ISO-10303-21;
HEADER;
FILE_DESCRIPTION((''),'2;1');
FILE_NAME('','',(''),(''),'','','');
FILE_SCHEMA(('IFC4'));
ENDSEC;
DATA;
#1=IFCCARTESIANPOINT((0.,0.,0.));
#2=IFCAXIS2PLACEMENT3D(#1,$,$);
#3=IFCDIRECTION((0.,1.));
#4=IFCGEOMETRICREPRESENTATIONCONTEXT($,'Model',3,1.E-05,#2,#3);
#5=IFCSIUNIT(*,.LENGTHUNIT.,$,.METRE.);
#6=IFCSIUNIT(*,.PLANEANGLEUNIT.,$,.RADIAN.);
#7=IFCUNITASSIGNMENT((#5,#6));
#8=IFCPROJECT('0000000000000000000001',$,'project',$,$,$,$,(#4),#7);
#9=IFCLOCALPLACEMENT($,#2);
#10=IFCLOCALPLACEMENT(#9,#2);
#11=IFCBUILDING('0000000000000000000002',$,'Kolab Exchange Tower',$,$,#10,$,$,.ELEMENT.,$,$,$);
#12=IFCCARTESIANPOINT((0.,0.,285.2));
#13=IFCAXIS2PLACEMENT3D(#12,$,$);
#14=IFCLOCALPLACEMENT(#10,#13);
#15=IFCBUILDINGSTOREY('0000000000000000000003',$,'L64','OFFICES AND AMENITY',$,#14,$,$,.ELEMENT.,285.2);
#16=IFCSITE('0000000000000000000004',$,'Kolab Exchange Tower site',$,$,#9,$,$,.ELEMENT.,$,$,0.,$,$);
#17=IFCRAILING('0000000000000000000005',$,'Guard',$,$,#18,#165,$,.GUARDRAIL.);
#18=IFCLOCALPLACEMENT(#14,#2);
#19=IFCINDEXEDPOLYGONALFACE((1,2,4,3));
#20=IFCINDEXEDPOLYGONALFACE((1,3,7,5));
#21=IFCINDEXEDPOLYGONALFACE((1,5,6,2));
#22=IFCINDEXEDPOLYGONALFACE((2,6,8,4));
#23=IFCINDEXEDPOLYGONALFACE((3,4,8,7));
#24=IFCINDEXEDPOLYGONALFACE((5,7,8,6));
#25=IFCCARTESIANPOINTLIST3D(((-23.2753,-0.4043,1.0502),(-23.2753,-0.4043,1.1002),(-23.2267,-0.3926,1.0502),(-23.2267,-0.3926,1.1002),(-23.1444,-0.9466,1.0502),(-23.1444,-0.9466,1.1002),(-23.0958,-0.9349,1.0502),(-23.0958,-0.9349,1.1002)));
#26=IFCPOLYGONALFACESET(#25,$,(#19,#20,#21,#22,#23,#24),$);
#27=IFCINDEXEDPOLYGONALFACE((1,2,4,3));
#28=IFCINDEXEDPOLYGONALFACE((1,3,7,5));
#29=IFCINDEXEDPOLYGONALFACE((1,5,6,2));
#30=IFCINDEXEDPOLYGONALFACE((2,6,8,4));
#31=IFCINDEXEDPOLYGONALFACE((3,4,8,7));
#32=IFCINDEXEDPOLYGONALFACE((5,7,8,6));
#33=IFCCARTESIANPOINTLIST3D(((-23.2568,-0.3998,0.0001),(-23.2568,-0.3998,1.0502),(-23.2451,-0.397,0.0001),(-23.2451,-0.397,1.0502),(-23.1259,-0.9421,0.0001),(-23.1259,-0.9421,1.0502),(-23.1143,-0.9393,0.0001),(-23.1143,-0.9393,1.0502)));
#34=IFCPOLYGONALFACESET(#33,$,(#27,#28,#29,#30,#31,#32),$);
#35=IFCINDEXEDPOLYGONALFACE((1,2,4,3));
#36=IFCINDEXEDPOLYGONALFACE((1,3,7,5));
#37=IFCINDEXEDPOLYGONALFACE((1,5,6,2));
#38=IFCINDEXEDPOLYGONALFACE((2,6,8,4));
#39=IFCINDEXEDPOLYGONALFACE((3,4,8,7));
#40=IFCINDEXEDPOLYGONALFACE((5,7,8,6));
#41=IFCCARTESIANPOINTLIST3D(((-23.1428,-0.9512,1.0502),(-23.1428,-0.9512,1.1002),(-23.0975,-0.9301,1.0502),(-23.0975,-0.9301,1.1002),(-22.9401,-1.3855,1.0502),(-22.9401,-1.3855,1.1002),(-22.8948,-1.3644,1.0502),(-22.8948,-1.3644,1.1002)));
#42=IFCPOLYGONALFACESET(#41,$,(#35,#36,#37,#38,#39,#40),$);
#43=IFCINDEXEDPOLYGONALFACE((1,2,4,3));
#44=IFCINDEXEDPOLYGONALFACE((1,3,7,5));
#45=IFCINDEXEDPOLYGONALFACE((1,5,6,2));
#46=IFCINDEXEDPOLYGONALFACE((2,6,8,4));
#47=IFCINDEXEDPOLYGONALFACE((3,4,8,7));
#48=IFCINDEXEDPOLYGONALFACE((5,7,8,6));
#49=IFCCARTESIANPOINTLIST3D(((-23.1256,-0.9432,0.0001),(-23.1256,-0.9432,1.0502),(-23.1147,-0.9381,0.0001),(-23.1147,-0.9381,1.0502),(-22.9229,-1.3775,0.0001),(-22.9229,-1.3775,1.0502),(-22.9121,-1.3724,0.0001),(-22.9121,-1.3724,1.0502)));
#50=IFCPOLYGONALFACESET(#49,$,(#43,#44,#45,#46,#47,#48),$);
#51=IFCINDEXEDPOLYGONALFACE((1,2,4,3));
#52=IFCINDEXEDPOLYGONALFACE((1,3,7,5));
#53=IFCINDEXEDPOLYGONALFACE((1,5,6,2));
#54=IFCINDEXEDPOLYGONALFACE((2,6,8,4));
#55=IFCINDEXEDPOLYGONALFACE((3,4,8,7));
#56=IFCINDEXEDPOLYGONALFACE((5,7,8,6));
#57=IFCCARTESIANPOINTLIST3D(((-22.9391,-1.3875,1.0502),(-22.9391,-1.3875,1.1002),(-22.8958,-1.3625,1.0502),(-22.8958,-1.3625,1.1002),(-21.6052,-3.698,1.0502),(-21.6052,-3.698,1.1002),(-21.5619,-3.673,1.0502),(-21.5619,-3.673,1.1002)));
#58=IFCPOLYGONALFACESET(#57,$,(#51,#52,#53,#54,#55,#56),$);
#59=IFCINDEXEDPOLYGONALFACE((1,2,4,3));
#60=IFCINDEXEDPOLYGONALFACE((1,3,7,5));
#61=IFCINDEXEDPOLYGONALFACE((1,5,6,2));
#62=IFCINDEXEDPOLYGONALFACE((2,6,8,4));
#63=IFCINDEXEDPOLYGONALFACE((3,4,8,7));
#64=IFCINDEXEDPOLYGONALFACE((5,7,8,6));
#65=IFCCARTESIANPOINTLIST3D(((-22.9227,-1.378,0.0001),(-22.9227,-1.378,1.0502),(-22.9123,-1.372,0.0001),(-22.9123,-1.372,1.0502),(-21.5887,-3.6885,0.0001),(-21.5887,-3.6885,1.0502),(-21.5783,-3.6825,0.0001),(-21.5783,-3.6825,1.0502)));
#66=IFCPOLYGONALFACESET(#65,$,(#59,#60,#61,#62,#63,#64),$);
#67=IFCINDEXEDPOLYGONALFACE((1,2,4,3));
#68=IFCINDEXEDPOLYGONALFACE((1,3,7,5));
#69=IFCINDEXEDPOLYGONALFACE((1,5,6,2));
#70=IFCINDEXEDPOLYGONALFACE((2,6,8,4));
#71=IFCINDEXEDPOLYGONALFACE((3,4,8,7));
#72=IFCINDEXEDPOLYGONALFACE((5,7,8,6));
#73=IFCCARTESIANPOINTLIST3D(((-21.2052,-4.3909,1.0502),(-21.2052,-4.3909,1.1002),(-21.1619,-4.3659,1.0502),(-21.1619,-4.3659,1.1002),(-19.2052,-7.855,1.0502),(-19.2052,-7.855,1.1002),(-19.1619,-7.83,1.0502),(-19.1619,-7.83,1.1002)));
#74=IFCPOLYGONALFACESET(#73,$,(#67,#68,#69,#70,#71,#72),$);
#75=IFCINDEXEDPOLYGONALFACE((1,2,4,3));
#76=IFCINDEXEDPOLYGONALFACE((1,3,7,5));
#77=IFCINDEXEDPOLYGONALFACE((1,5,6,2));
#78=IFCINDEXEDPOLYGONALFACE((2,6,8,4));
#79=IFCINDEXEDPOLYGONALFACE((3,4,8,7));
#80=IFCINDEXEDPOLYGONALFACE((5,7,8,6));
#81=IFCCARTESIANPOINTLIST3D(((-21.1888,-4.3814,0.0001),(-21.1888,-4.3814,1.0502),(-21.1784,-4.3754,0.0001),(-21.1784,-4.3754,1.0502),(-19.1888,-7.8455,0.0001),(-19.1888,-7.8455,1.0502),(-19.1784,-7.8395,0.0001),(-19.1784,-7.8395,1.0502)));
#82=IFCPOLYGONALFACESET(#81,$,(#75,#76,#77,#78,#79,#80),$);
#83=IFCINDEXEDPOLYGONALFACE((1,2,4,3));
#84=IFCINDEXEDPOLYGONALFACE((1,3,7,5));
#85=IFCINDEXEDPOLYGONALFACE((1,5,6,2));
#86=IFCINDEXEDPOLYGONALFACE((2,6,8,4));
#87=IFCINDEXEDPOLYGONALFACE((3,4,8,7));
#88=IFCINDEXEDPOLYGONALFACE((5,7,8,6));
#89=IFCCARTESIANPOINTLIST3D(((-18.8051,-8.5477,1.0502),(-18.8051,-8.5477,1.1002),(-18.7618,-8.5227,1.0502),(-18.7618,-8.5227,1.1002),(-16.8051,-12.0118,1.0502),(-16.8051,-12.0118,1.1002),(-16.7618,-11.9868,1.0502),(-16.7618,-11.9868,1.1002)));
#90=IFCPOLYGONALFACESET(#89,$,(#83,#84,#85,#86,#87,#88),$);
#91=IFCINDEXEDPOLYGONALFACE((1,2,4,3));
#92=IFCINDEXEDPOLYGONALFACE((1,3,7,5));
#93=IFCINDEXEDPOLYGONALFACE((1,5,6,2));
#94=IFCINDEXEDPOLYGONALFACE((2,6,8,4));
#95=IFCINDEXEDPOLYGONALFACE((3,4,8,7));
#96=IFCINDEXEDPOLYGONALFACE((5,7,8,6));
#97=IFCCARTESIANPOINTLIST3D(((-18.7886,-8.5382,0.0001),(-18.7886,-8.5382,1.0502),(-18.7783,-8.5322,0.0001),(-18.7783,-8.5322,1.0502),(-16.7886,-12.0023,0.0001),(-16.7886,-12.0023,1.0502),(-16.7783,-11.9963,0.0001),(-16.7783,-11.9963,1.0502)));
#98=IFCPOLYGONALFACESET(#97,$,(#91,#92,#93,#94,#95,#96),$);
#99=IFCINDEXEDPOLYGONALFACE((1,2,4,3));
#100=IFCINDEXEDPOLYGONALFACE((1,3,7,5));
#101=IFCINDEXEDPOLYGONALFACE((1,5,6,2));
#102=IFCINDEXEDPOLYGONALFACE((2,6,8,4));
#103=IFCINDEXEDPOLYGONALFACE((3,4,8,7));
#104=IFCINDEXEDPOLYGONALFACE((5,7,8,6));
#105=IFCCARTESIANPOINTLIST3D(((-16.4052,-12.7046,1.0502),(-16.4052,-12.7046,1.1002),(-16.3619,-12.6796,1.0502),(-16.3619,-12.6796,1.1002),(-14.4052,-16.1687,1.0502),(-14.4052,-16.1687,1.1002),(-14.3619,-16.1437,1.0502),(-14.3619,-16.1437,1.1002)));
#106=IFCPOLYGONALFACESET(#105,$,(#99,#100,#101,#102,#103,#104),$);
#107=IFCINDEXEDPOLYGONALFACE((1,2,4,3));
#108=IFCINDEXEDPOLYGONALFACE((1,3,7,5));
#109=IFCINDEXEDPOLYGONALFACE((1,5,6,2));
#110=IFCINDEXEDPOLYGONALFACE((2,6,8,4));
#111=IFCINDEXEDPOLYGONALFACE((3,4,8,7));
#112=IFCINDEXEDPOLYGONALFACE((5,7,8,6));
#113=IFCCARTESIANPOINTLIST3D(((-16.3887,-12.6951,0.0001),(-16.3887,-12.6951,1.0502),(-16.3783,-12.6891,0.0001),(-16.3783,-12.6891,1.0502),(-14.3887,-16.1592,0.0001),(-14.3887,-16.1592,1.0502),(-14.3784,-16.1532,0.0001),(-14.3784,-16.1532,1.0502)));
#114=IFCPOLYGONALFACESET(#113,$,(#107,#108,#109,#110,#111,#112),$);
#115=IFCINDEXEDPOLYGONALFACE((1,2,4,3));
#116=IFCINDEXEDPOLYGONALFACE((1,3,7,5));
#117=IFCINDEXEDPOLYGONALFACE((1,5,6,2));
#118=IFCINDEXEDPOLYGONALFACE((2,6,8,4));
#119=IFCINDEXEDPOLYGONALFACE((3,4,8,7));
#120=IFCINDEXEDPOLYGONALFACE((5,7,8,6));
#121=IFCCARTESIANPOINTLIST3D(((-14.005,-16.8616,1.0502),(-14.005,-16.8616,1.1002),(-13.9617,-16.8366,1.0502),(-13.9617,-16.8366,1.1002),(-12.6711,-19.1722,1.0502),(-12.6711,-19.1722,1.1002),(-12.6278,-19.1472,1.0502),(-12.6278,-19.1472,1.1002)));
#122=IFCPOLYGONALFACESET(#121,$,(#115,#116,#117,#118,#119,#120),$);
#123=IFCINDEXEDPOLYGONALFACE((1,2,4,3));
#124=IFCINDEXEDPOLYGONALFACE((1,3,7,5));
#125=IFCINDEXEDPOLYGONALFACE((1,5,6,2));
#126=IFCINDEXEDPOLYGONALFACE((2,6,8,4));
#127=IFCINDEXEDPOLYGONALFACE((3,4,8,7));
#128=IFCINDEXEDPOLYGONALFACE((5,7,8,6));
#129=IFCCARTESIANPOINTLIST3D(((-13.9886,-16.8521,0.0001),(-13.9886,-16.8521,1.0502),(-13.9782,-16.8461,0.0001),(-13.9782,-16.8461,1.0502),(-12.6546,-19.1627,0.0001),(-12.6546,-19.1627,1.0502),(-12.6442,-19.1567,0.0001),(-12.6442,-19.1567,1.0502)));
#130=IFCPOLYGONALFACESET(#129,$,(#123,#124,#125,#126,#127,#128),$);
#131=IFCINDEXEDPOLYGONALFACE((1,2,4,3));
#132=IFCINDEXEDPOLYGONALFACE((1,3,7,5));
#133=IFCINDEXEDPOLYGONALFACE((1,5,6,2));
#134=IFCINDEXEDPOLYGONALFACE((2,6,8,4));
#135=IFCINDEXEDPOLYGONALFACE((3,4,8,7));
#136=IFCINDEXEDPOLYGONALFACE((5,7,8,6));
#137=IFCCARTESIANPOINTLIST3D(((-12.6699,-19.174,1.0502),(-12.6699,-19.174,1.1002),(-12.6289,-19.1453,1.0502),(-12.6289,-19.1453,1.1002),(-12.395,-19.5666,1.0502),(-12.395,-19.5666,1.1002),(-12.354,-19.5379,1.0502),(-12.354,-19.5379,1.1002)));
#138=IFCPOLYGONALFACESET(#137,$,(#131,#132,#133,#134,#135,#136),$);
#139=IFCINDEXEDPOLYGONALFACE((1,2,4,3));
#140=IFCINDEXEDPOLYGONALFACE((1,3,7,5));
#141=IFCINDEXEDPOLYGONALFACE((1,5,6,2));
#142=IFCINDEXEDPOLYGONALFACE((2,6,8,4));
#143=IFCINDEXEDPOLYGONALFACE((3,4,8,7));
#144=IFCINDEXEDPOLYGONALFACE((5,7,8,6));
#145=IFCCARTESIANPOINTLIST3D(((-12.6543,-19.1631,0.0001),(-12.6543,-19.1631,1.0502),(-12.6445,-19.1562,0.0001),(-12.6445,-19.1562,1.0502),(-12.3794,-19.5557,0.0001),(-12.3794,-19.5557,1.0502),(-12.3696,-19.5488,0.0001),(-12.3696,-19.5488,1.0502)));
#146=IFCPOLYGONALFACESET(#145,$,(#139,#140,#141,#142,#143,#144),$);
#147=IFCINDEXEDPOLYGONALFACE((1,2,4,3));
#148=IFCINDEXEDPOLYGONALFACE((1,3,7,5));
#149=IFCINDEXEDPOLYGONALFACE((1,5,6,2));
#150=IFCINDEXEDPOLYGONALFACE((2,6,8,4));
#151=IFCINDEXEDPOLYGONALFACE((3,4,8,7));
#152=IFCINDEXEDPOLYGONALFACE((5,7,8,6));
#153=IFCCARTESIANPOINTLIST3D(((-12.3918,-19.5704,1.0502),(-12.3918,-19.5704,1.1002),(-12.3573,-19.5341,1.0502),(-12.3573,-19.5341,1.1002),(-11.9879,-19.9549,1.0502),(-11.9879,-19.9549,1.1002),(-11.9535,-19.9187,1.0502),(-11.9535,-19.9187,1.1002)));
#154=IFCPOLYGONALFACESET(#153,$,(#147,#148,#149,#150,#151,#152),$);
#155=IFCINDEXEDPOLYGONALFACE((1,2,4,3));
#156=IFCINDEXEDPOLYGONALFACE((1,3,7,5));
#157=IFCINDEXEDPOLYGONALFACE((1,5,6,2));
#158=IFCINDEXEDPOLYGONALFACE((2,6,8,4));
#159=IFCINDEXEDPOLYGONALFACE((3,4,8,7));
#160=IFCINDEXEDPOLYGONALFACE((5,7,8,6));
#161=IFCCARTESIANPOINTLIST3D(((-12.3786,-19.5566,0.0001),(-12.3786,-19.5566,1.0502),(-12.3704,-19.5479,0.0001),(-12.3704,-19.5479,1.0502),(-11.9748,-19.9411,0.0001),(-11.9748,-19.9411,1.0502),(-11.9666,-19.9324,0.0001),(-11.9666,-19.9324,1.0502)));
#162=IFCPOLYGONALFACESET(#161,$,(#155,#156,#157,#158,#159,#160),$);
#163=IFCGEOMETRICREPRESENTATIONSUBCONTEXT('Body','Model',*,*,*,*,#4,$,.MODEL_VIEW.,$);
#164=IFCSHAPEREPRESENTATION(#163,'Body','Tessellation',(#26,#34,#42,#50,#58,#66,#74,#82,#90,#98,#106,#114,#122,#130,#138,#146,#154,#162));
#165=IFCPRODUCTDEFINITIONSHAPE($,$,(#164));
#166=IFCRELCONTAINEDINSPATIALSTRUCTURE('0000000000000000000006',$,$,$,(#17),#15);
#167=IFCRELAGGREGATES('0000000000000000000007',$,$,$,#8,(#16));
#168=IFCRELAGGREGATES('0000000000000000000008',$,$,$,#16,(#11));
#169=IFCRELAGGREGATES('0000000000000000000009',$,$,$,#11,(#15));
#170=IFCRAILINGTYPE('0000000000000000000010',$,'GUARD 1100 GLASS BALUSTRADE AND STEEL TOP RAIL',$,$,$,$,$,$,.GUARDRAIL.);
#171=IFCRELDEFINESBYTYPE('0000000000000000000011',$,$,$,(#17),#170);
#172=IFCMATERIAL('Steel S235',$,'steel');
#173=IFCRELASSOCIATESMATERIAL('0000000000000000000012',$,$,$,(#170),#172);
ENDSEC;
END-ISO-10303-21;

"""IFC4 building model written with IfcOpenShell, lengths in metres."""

from ifc_helpers import new_model, si_unit, direction, frame, frame_2d, origin, origin_2d, place, context, subcontext, project, spatial, rectangle, extrude, material, type_object, element, save


model = new_model("IFC4")

# Units and contexts
model_context = context("Model", 3, precision=1e-05, world=origin(), true_north=direction((0.0, 1.0)))
body_context = subcontext(model_context, "Body", "Model", "MODEL_VIEW")
ifc_project = project(units=[si_unit("LENGTHUNIT", "METRE"), si_unit("PLANEANGLEUNIT", "RADIAN")], contexts=[model_context])

# Site, building, storey
site_placement = place(None, origin())
site = spatial("IfcSite", under=ifc_project, at=site_placement, Name="Kolab Exchange Tower site", CompositionType="ELEMENT", RefElevation=0.0)
building_placement = place(site_placement, origin())
building = spatial("IfcBuilding", under=site, at=building_placement, Name="Kolab Exchange Tower", CompositionType="ELEMENT")
storey_placement = place(building_placement, frame((0.0, 0.0, 285.2)))
storey = spatial("IfcBuildingStorey", under=building, at=storey_placement, Name="L64", Description="OFFICES AND AMENITY", CompositionType="ELEMENT", Elevation=285.2)

# Railing
ifc_material_1 = material(Name="Steel S235", Category="steel")
railing_type = type_object("IfcRailingType", Name="GUARD 1100 GLASS BALUSTRADE AND STEEL TOP RAIL", PredefinedType="GUARDRAIL", material=ifc_material_1)
railing_placement = place(storey_placement, frame((-23.251, -0.3984, 0.0)))
element("IfcRailing", 1, at=railing_placement, inside=storey, type_object=railing_type, Name="Guard", PredefinedType="GUARDRAIL", context=body_context, shape_type="SweptSolid", body=[
    extrude(rectangle(XDim=0.05, YDim=0.05, at=origin_2d()), frame((0.0, 0.0, 1.0752), z_axis=(0.234598, -0.972093, 0.0), x_axis=(0.972093, 0.234598, 0.0)), (0.0, 0.0, 1.0), 0.5579),
    extrude(rectangle(XDim=0.012, YDim=1.0501, at=frame_2d((0.0, 0.5251))), frame((0.0, 0.0, 0.0), z_axis=(0.234598, -0.972093, 0.0), x_axis=(0.972093, 0.234598, 0.0)), (0.0, 0.0, 1.0), 0.5579),
    extrude(rectangle(XDim=0.05, YDim=0.05, at=origin_2d()), frame((0.1309, -0.5422, 1.0752), z_axis=(0.422802, -0.906222, 0.0), x_axis=(0.906222, 0.422802, 0.0)), (0.0, 0.0, 1.0), 0.4792),
    extrude(rectangle(XDim=0.012, YDim=1.0501, at=frame_2d((0.0, 0.5251))), frame((0.1309, -0.5422, 0.0), z_axis=(0.422802, -0.906222, 0.0), x_axis=(0.906222, 0.422802, 0.0)), (0.0, 0.0, 1.0), 0.4792),
    extrude(rectangle(XDim=0.05, YDim=0.05, at=origin_2d()), frame((0.3335, -0.9766, 1.0752), z_axis=(0.499997, -0.866027, 0.0), x_axis=(0.866027, 0.499997, 0.0)), (0.0, 0.0, 1.0), 2.668),
    extrude(rectangle(XDim=0.012, YDim=1.0501, at=frame_2d((0.0, 0.5251))), frame((0.3335, -0.9766, 0.0), z_axis=(0.499997, -0.866027, 0.0), x_axis=(0.866027, 0.499997, 0.0)), (0.0, 0.0, 1.0), 2.668),
    extrude(rectangle(XDim=0.05, YDim=0.05, at=origin_2d()), frame((2.0674, -3.98, 1.0752), z_axis=(0.499999, -0.866026, 0.0), x_axis=(0.866026, 0.499999, 0.0)), (0.0, 0.0, 1.0), 4.0),
    extrude(rectangle(XDim=0.012, YDim=1.0501, at=frame_2d((0.0, 0.5251))), frame((2.0674, -3.98, 0.0), z_axis=(0.499999, -0.866026, 0.0), x_axis=(0.866026, 0.499999, 0.0)), (0.0, 0.0, 1.0), 4.0),
    extrude(rectangle(XDim=0.05, YDim=0.05, at=origin_2d()), frame((4.4675, -8.1367, 1.0752), z_axis=(0.499999, -0.866026, 0.0), x_axis=(0.866026, 0.499999, 0.0)), (0.0, 0.0, 1.0), 4.0),
    extrude(rectangle(XDim=0.012, YDim=1.0501, at=frame_2d((0.0, 0.5251))), frame((4.4675, -8.1367, 0.0), z_axis=(0.499999, -0.866026, 0.0), x_axis=(0.866026, 0.499999, 0.0)), (0.0, 0.0, 1.0), 4.0),
    extrude(rectangle(XDim=0.05, YDim=0.05, at=origin_2d()), frame((6.8674, -12.2937, 1.0752), z_axis=(0.499999, -0.866026, 0.0), x_axis=(0.866026, 0.499999, 0.0)), (0.0, 0.0, 1.0), 4.0),
    extrude(rectangle(XDim=0.012, YDim=1.0501, at=frame_2d((0.0, 0.5251))), frame((6.8674, -12.2937, 0.0), z_axis=(0.499999, -0.866026, 0.0), x_axis=(0.866026, 0.499999, 0.0)), (0.0, 0.0, 1.0), 4.0),
    extrude(rectangle(XDim=0.05, YDim=0.05, at=origin_2d()), frame((9.2676, -16.4507, 1.0752), z_axis=(0.499997, -0.866027, 0.0), x_axis=(0.866027, 0.499997, 0.0)), (0.0, 0.0, 1.0), 2.668),
    extrude(rectangle(XDim=0.012, YDim=1.0501, at=frame_2d((0.0, 0.5251))), frame((9.2676, -16.4507, 0.0), z_axis=(0.499997, -0.866027, 0.0), x_axis=(0.866027, 0.499997, 0.0)), (0.0, 0.0, 1.0), 2.668),
    extrude(rectangle(XDim=0.05, YDim=0.05, at=origin_2d()), frame((10.6016, -18.7612, 1.0752), z_axis=(0.573599, -0.819136, 0.0), x_axis=(0.819136, 0.573599, 0.0)), (0.0, 0.0, 1.0), 0.4792),
    extrude(rectangle(XDim=0.012, YDim=1.0501, at=frame_2d((0.0, 0.5251))), frame((10.6016, -18.7612, 0.0), z_axis=(0.573599, -0.819136, 0.0), x_axis=(0.819136, 0.573599, 0.0)), (0.0, 0.0, 1.0), 0.4792),
    extrude(rectangle(XDim=0.05, YDim=0.05, at=origin_2d()), frame((10.8765, -19.1538, 1.0752), z_axis=(0.72419, -0.689601, 0.0), x_axis=(0.689601, 0.72419, 0.0)), (0.0, 0.0, 1.0), 0.5576),
    extrude(rectangle(XDim=0.012, YDim=1.0501, at=frame_2d((0.0, 0.5251))), frame((10.8765, -19.1538, 0.0), z_axis=(0.72419, -0.689601, 0.0), x_axis=(0.689601, 0.72419, 0.0)), (0.0, 0.0, 1.0), 0.5576),
])

save(model, "model.ifc")
